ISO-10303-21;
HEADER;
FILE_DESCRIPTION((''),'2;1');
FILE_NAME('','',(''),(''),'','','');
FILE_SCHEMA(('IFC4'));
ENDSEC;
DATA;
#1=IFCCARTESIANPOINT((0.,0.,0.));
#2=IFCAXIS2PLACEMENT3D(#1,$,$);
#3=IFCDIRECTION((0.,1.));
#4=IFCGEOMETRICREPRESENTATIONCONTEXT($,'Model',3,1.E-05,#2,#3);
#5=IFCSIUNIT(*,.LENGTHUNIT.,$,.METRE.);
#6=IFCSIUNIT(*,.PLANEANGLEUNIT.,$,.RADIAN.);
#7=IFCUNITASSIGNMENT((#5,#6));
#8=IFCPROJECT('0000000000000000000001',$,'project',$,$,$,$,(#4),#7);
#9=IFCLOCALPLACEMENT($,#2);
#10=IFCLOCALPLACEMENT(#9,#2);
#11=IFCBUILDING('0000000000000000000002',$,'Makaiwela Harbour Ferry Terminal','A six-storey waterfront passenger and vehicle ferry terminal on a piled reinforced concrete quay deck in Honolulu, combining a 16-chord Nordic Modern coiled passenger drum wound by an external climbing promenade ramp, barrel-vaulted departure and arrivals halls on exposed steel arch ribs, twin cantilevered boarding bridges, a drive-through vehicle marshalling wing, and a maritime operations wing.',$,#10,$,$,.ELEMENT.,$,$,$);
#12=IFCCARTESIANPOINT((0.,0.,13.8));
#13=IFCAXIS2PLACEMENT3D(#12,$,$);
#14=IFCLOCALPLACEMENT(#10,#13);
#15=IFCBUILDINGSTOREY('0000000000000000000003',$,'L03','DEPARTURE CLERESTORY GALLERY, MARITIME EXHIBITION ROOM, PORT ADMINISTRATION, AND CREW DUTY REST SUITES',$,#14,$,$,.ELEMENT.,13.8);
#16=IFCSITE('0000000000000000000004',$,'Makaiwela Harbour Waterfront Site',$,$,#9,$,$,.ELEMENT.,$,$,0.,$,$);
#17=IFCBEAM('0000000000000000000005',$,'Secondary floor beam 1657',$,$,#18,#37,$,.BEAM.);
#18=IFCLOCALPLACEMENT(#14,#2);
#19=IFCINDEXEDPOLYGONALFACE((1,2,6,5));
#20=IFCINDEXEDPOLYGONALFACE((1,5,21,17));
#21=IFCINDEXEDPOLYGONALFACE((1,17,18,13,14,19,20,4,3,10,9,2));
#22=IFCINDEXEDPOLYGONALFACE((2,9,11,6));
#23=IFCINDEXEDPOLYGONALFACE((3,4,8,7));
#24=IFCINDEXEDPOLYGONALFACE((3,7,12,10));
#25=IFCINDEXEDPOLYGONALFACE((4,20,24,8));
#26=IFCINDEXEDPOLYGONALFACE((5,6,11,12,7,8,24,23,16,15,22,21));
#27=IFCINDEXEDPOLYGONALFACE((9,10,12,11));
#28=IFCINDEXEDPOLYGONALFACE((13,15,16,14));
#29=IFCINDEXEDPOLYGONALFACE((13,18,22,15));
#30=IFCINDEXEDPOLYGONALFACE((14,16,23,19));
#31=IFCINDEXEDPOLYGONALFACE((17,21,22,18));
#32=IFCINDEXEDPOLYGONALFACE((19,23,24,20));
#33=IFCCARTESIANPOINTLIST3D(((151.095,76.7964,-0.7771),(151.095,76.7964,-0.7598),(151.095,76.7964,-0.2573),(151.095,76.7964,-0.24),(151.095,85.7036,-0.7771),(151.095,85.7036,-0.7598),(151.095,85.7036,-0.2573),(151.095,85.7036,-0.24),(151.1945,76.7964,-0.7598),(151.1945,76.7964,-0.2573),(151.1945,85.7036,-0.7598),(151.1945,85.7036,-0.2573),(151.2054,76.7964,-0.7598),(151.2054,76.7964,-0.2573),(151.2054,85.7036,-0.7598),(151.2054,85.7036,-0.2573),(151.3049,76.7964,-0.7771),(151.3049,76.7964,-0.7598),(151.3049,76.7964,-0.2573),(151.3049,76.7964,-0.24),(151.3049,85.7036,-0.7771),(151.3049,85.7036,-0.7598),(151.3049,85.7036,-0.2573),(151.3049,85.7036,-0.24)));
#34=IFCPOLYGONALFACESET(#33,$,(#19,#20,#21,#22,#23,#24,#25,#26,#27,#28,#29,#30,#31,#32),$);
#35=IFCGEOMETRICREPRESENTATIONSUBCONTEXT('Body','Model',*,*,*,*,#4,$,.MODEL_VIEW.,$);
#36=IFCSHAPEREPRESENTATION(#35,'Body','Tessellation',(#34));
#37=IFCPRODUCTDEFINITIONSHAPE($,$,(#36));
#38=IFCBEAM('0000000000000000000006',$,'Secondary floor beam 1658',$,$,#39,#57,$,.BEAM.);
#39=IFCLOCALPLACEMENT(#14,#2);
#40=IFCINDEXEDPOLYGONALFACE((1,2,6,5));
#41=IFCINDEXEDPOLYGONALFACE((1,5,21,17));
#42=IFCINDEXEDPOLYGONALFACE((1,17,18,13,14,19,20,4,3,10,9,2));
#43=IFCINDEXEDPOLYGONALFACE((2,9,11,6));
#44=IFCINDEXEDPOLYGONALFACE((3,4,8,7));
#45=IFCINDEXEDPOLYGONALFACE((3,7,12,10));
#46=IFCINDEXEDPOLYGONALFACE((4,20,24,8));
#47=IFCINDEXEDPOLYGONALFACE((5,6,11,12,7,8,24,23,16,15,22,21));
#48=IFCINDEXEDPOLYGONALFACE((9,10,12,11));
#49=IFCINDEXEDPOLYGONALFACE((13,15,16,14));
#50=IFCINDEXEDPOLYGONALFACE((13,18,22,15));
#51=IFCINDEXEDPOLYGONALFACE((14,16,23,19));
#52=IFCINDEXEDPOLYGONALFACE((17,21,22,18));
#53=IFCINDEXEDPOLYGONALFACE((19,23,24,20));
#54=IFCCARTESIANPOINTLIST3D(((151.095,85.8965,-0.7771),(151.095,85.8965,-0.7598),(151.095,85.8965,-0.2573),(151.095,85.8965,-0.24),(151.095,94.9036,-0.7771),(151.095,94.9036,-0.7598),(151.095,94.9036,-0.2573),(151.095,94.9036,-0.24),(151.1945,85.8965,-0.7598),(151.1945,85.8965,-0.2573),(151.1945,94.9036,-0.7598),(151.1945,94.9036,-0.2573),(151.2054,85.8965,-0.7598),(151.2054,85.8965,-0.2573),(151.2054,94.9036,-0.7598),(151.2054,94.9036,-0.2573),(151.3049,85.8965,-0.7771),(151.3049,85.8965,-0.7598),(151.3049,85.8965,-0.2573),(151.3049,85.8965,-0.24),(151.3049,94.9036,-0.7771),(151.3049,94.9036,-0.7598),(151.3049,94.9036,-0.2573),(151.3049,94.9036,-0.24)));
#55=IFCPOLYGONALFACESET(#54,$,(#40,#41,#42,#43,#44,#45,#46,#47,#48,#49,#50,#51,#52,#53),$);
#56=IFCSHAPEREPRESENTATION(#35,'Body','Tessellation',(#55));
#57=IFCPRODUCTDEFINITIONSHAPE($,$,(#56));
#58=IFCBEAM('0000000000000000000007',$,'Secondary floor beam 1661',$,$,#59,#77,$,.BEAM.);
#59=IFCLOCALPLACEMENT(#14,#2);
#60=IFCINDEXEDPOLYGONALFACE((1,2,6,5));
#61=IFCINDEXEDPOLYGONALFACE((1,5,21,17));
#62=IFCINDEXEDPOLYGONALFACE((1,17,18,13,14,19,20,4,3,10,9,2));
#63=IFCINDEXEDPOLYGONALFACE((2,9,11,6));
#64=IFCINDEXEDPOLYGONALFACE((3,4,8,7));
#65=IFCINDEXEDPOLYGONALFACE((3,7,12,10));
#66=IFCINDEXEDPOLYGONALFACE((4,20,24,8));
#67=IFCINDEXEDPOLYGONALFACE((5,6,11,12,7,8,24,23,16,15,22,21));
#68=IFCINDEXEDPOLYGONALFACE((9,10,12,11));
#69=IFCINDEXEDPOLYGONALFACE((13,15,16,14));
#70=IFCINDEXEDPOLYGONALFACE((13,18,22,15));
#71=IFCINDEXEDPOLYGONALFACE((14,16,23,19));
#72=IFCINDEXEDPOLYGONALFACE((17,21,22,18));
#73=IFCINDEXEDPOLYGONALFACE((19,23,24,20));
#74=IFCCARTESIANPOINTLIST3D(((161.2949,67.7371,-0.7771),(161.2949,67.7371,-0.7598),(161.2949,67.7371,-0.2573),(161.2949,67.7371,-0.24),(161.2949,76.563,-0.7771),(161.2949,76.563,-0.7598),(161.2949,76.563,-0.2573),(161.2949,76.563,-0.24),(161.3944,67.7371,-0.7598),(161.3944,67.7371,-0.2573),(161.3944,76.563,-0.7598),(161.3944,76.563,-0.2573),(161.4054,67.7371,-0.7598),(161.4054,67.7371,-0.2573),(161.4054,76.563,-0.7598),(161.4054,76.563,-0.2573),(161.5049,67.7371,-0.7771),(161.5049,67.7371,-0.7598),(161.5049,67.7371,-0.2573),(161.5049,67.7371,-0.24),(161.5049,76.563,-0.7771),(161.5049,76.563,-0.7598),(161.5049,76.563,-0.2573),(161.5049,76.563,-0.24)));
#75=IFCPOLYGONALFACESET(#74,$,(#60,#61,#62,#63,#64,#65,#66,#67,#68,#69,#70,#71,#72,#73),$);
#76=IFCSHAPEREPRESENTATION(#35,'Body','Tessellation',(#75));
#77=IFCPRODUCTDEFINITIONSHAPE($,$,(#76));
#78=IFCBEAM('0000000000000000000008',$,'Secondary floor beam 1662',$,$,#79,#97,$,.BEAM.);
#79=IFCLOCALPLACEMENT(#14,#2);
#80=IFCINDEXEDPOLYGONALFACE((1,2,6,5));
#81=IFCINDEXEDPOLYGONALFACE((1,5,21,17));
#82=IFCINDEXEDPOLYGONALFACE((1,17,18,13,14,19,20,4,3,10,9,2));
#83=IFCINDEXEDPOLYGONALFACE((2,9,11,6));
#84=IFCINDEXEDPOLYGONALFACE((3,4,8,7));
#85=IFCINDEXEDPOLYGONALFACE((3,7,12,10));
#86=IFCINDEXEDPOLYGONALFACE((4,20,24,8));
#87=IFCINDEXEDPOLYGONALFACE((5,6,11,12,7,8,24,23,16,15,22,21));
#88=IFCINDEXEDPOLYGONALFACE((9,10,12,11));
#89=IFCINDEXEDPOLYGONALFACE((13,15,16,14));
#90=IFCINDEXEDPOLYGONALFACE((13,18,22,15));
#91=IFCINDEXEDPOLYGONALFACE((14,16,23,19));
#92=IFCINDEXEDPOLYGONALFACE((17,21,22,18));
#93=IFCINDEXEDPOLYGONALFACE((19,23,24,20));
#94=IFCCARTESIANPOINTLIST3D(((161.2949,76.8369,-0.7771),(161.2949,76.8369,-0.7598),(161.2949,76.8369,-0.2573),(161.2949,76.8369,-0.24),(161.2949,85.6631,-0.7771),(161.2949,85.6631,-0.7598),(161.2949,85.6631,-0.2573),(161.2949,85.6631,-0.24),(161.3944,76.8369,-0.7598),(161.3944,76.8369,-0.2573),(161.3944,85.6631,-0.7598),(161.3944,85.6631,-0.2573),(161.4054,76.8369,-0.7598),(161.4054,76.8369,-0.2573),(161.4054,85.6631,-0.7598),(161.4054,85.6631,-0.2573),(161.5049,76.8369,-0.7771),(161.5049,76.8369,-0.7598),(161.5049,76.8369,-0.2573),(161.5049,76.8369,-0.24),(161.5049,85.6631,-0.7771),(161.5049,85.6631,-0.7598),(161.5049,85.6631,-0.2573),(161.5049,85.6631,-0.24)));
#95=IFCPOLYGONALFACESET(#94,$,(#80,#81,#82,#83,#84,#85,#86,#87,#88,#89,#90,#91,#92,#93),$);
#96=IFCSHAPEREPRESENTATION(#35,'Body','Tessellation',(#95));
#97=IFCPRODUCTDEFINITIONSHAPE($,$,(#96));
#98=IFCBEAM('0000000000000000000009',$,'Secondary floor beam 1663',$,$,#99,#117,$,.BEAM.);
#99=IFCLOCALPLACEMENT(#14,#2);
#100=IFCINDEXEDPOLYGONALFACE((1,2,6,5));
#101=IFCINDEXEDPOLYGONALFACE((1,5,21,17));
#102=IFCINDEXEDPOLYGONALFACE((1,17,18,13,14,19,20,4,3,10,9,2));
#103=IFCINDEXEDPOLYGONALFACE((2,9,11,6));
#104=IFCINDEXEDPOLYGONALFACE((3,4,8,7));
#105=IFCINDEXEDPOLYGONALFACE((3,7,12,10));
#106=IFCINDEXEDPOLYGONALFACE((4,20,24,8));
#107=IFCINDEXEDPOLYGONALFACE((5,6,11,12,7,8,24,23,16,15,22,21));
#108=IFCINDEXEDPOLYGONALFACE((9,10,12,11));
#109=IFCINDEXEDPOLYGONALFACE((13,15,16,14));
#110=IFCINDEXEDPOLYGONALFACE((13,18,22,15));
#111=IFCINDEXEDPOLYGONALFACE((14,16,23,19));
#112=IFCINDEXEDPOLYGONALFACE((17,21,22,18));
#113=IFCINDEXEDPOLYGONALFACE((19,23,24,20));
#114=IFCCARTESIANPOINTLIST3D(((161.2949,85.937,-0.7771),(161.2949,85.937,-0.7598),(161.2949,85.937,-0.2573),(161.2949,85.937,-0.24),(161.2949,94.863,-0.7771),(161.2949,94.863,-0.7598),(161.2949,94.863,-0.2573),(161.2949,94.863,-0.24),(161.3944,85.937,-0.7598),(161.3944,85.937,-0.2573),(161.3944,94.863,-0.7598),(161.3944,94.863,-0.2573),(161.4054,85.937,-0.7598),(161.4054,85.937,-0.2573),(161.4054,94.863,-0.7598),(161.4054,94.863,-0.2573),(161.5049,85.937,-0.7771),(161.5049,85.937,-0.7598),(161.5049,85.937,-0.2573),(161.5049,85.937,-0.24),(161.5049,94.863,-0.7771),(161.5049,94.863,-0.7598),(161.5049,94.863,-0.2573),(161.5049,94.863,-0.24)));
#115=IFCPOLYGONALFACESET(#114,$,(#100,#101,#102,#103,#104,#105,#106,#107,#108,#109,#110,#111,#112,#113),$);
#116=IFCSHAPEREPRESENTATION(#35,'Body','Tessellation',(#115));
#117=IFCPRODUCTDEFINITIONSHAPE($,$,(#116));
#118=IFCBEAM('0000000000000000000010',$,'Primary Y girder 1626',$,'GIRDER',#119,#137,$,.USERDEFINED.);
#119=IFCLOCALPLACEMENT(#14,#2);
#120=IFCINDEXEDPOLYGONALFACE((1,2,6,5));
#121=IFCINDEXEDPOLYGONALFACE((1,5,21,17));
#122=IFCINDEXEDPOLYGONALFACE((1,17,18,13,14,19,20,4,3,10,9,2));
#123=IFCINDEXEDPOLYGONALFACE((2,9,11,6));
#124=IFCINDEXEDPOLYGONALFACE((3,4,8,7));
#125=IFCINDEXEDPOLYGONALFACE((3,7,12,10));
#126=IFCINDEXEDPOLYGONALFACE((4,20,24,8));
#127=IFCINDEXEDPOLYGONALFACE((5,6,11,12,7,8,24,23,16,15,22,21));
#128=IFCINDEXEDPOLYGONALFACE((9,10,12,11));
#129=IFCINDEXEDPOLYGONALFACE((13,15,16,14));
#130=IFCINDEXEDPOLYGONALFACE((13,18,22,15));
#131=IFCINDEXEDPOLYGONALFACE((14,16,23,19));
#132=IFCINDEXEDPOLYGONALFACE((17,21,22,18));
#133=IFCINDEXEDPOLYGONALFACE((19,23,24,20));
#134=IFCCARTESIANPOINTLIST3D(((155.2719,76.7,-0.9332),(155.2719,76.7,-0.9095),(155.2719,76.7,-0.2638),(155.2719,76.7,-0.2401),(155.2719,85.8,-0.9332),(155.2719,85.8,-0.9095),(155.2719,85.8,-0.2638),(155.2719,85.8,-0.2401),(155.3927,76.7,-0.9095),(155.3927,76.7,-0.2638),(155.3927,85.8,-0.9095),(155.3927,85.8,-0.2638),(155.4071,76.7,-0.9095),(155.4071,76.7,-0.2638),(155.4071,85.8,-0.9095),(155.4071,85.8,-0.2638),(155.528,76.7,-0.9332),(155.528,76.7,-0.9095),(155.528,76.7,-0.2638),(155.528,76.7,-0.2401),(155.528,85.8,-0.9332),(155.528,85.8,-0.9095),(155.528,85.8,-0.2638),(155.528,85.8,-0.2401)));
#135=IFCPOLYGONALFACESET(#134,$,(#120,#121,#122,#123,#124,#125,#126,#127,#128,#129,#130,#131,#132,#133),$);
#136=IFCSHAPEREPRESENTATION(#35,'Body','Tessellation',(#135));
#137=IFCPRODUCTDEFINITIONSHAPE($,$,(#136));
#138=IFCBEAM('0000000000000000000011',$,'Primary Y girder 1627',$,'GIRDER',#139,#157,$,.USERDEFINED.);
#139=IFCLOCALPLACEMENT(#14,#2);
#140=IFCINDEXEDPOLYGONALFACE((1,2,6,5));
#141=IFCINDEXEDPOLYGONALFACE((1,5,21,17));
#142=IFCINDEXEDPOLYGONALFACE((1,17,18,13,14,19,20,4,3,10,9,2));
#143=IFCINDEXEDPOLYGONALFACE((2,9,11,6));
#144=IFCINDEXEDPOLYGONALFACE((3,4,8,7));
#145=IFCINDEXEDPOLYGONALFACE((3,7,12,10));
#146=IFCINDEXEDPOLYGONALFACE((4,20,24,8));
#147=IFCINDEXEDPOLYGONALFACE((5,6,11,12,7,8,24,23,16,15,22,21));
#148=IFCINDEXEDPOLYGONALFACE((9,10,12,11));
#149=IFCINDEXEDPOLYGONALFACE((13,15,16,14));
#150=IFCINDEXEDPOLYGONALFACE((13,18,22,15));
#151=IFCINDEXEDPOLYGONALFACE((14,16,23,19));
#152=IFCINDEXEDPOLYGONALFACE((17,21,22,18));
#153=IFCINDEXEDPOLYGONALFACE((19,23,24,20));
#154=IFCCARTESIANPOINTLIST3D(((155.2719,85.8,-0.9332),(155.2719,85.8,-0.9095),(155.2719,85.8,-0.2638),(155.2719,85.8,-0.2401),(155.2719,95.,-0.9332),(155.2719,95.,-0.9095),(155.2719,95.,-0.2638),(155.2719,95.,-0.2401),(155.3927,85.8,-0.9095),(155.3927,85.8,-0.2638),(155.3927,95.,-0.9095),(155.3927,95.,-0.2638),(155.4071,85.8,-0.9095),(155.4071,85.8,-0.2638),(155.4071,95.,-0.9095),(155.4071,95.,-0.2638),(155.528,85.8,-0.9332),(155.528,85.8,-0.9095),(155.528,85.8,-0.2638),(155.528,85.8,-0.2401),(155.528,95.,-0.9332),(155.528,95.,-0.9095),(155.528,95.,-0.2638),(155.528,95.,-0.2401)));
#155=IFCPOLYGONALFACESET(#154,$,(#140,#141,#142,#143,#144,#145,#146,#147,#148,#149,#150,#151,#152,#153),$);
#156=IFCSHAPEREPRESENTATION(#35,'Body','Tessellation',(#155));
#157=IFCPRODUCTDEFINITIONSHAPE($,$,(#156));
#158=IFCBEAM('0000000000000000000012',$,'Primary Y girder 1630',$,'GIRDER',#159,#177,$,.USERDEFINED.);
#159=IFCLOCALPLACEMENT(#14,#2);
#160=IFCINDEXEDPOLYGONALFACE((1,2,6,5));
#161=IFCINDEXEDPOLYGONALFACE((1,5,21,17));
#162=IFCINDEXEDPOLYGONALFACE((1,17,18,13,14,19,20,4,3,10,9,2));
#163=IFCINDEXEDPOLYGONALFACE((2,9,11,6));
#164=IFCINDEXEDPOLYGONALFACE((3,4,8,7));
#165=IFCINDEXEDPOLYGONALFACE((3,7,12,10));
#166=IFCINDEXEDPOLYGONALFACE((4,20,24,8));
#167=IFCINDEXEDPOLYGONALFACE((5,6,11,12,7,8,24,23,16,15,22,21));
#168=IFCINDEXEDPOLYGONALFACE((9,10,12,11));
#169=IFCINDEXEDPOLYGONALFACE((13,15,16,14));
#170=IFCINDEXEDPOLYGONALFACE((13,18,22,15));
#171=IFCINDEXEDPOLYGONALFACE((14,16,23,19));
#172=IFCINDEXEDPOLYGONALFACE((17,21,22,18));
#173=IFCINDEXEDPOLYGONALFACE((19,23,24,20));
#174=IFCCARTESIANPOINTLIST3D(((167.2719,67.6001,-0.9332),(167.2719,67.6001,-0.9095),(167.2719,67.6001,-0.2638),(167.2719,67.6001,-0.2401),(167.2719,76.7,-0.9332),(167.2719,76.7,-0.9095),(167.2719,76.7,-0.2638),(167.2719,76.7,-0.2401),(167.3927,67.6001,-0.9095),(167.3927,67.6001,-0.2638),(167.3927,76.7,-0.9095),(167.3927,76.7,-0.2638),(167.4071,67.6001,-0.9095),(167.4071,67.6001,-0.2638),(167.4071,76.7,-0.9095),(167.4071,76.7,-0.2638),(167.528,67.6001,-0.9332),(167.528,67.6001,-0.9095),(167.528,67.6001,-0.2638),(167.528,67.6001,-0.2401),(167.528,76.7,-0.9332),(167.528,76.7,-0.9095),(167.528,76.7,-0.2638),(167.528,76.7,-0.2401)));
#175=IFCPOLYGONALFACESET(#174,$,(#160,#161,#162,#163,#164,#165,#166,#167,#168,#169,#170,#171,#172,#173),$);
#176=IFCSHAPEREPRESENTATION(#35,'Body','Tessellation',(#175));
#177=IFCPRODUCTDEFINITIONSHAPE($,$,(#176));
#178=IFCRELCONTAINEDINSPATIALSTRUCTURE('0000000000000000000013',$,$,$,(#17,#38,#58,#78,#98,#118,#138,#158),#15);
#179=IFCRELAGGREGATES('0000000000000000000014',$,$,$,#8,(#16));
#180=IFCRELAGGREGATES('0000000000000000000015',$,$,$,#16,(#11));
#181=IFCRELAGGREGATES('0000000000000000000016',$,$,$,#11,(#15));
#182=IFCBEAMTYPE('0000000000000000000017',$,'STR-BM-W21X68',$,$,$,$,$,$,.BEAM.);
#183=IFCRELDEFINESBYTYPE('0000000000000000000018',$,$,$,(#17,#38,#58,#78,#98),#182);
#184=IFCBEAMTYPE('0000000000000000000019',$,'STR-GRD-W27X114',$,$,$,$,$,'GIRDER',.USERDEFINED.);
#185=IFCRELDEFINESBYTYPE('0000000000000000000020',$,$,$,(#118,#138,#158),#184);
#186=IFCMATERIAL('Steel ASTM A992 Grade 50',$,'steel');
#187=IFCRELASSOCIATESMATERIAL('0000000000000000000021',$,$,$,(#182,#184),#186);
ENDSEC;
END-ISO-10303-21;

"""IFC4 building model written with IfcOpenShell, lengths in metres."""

from ifc_helpers import new_model, si_unit, direction, frame, origin, origin_2d, place, context, subcontext, project, spatial, i_section, extrude, material, material_profile, profile_set, type_object, element, save


model = new_model("IFC4")

# Units and contexts
model_context = context("Model", 3, precision=1e-05, world=origin(), true_north=direction((0.0, 1.0)))
body_context = subcontext(model_context, "Body", "Model", "MODEL_VIEW")
ifc_project = project(units=[si_unit("LENGTHUNIT", "METRE"), si_unit("PLANEANGLEUNIT", "RADIAN")], contexts=[model_context])

# Site, building, storey
site_placement = place(None, origin())
site = spatial("IfcSite", under=ifc_project, at=site_placement, Name="Makaiwela Harbour Waterfront Site", CompositionType="ELEMENT", RefElevation=0.0)
building_placement = place(site_placement, origin())
building = spatial("IfcBuilding", under=site, at=building_placement, Name="Makaiwela Harbour Ferry Terminal", Description="A six-storey waterfront passenger and vehicle ferry terminal on a piled reinforced concrete quay deck in Honolulu, combining a 16-chord Nordic Modern coiled passenger drum wound by an external climbing promenade ramp, barrel-vaulted departure and arrivals halls on exposed steel arch ribs, twin cantilevered boarding bridges, a drive-through vehicle marshalling wing, and a maritime operations wing.", CompositionType="ELEMENT")
storey_placement = place(building_placement, frame((0.0, 0.0, 13.8)))
storey = spatial("IfcBuildingStorey", under=building, at=storey_placement, Name="L03", Description="DEPARTURE CLERESTORY GALLERY, MARITIME EXHIBITION ROOM, PORT ADMINISTRATION, AND CREW DUTY REST SUITES", CompositionType="ELEMENT", Elevation=13.8)

# Shared definitions
ifc_material_1 = material(Name="Steel ASTM A992 Grade 50", Category="steel")

# Beams
ifc_material_profile_1 = material_profile(ifc_material_1, i_section(OverallWidth=0.21, OverallDepth=0.5371, WebThickness=0.011, FlangeThickness=0.0173, at=origin_2d()), Name="W21X68")
ifc_profile_set_1 = profile_set([ifc_material_profile_1], Name="Steel ASTM A992 Grade 50")
beam_type_1 = type_object("IfcBeamType", Name="STR-BM-W21X68", PredefinedType="BEAM", material=ifc_profile_set_1)
beam_1_placement = place(storey_placement, frame((151.2, 76.7964, -0.5085), z_axis=(0.0, 1.0, 0.0), x_axis=(-1.0, 0.0, 0.0)))
element("IfcBeam", 1, at=beam_1_placement, inside=storey, type_object=beam_type_1, Name="Secondary floor beam 1657", PredefinedType="BEAM", context=body_context, shape_type="SweptSolid", body=[
    extrude(i_section(OverallWidth=0.21, OverallDepth=0.5371, WebThickness=0.011, FlangeThickness=0.0173, at=origin_2d()), origin(), (0.0, 0.0, 1.0), 8.9072),
])
beam_2_placement = place(storey_placement, frame((151.2, 85.8965, -0.5085), z_axis=(0.0, 1.0, 0.0), x_axis=(-1.0, 0.0, 0.0)))
element("IfcBeam", 2, at=beam_2_placement, inside=storey, type_object=beam_type_1, Name="Secondary floor beam 1658", PredefinedType="BEAM", context=body_context, shape_type="SweptSolid", body=[
    extrude(i_section(OverallWidth=0.21, OverallDepth=0.5371, WebThickness=0.011, FlangeThickness=0.0173, at=origin_2d()), origin(), (0.0, 0.0, 1.0), 9.0071),
])
beam_3_placement = place(storey_placement, frame((161.3999, 67.7371, -0.5085), z_axis=(0.0, 1.0, 0.0), x_axis=(-1.0, 0.0, 0.0)))
element("IfcBeam", 3, at=beam_3_placement, inside=storey, type_object=beam_type_1, Name="Secondary floor beam 1661", PredefinedType="BEAM", context=body_context, shape_type="SweptSolid", body=[
    extrude(i_section(OverallWidth=0.21, OverallDepth=0.5371, WebThickness=0.011, FlangeThickness=0.0173, at=origin_2d()), origin(), (0.0, 0.0, 1.0), 8.8259),
])
beam_4_placement = place(storey_placement, frame((161.3999, 76.8369, -0.5085), z_axis=(0.0, 1.0, 0.0), x_axis=(-1.0, 0.0, 0.0)))
element("IfcBeam", 4, at=beam_4_placement, inside=storey, type_object=beam_type_1, Name="Secondary floor beam 1662", PredefinedType="BEAM", context=body_context, shape_type="SweptSolid", body=[
    extrude(i_section(OverallWidth=0.21, OverallDepth=0.5371, WebThickness=0.011, FlangeThickness=0.0173, at=origin_2d()), origin(), (0.0, 0.0, 1.0), 8.8262),
])
beam_5_placement = place(storey_placement, frame((161.3999, 85.937, -0.5085), z_axis=(0.0, 1.0, 0.0), x_axis=(-1.0, 0.0, 0.0)))
element("IfcBeam", 5, at=beam_5_placement, inside=storey, type_object=beam_type_1, Name="Secondary floor beam 1663", PredefinedType="BEAM", context=body_context, shape_type="SweptSolid", body=[
    extrude(i_section(OverallWidth=0.21, OverallDepth=0.5371, WebThickness=0.011, FlangeThickness=0.0173, at=origin_2d()), origin(), (0.0, 0.0, 1.0), 8.926),
])
ifc_material_profile_2 = material_profile(ifc_material_1, i_section(OverallWidth=0.2561, OverallDepth=0.6931, WebThickness=0.0144, FlangeThickness=0.0237, at=origin_2d()), Name="W27X114")
ifc_profile_set_2 = profile_set([ifc_material_profile_2], Name="Steel ASTM A992 Grade 50")
beam_type_2 = type_object("IfcBeamType", Name="STR-GRD-W27X114", ElementType="GIRDER", PredefinedType="USERDEFINED", material=ifc_profile_set_2)
beam_6_placement = place(storey_placement, frame((155.3999, 76.7, -0.5867), z_axis=(0.0, 1.0, 0.0), x_axis=(-1.0, 0.0, 0.0)))
element("IfcBeam", 6, at=beam_6_placement, inside=storey, type_object=beam_type_2, Name="Primary Y girder 1626", ObjectType="GIRDER", PredefinedType="USERDEFINED", context=body_context, shape_type="SweptSolid", body=[
    extrude(i_section(OverallWidth=0.2561, OverallDepth=0.6931, WebThickness=0.0144, FlangeThickness=0.0237, at=origin_2d()), origin(), (0.0, 0.0, 1.0), 9.1001),
])
beam_7_placement = place(storey_placement, frame((155.3999, 85.8, -0.5867), z_axis=(0.0, 1.0, 0.0), x_axis=(-1.0, 0.0, 0.0)))
element("IfcBeam", 7, at=beam_7_placement, inside=storey, type_object=beam_type_2, Name="Primary Y girder 1627", ObjectType="GIRDER", PredefinedType="USERDEFINED", context=body_context, shape_type="SweptSolid", body=[
    extrude(i_section(OverallWidth=0.2561, OverallDepth=0.6931, WebThickness=0.0144, FlangeThickness=0.0237, at=origin_2d()), origin(), (0.0, 0.0, 1.0), 9.2),
])
beam_8_placement = place(storey_placement, frame((167.3999, 67.6001, -0.5867), z_axis=(0.0, 1.0, 0.0), x_axis=(-1.0, 0.0, 0.0)))
element("IfcBeam", 8, at=beam_8_placement, inside=storey, type_object=beam_type_2, Name="Primary Y girder 1630", ObjectType="GIRDER", PredefinedType="USERDEFINED", context=body_context, shape_type="SweptSolid", body=[
    extrude(i_section(OverallWidth=0.2561, OverallDepth=0.6931, WebThickness=0.0144, FlangeThickness=0.0237, at=origin_2d()), origin(), (0.0, 0.0, 1.0), 9.0999),
])

save(model, "model.ifc")
